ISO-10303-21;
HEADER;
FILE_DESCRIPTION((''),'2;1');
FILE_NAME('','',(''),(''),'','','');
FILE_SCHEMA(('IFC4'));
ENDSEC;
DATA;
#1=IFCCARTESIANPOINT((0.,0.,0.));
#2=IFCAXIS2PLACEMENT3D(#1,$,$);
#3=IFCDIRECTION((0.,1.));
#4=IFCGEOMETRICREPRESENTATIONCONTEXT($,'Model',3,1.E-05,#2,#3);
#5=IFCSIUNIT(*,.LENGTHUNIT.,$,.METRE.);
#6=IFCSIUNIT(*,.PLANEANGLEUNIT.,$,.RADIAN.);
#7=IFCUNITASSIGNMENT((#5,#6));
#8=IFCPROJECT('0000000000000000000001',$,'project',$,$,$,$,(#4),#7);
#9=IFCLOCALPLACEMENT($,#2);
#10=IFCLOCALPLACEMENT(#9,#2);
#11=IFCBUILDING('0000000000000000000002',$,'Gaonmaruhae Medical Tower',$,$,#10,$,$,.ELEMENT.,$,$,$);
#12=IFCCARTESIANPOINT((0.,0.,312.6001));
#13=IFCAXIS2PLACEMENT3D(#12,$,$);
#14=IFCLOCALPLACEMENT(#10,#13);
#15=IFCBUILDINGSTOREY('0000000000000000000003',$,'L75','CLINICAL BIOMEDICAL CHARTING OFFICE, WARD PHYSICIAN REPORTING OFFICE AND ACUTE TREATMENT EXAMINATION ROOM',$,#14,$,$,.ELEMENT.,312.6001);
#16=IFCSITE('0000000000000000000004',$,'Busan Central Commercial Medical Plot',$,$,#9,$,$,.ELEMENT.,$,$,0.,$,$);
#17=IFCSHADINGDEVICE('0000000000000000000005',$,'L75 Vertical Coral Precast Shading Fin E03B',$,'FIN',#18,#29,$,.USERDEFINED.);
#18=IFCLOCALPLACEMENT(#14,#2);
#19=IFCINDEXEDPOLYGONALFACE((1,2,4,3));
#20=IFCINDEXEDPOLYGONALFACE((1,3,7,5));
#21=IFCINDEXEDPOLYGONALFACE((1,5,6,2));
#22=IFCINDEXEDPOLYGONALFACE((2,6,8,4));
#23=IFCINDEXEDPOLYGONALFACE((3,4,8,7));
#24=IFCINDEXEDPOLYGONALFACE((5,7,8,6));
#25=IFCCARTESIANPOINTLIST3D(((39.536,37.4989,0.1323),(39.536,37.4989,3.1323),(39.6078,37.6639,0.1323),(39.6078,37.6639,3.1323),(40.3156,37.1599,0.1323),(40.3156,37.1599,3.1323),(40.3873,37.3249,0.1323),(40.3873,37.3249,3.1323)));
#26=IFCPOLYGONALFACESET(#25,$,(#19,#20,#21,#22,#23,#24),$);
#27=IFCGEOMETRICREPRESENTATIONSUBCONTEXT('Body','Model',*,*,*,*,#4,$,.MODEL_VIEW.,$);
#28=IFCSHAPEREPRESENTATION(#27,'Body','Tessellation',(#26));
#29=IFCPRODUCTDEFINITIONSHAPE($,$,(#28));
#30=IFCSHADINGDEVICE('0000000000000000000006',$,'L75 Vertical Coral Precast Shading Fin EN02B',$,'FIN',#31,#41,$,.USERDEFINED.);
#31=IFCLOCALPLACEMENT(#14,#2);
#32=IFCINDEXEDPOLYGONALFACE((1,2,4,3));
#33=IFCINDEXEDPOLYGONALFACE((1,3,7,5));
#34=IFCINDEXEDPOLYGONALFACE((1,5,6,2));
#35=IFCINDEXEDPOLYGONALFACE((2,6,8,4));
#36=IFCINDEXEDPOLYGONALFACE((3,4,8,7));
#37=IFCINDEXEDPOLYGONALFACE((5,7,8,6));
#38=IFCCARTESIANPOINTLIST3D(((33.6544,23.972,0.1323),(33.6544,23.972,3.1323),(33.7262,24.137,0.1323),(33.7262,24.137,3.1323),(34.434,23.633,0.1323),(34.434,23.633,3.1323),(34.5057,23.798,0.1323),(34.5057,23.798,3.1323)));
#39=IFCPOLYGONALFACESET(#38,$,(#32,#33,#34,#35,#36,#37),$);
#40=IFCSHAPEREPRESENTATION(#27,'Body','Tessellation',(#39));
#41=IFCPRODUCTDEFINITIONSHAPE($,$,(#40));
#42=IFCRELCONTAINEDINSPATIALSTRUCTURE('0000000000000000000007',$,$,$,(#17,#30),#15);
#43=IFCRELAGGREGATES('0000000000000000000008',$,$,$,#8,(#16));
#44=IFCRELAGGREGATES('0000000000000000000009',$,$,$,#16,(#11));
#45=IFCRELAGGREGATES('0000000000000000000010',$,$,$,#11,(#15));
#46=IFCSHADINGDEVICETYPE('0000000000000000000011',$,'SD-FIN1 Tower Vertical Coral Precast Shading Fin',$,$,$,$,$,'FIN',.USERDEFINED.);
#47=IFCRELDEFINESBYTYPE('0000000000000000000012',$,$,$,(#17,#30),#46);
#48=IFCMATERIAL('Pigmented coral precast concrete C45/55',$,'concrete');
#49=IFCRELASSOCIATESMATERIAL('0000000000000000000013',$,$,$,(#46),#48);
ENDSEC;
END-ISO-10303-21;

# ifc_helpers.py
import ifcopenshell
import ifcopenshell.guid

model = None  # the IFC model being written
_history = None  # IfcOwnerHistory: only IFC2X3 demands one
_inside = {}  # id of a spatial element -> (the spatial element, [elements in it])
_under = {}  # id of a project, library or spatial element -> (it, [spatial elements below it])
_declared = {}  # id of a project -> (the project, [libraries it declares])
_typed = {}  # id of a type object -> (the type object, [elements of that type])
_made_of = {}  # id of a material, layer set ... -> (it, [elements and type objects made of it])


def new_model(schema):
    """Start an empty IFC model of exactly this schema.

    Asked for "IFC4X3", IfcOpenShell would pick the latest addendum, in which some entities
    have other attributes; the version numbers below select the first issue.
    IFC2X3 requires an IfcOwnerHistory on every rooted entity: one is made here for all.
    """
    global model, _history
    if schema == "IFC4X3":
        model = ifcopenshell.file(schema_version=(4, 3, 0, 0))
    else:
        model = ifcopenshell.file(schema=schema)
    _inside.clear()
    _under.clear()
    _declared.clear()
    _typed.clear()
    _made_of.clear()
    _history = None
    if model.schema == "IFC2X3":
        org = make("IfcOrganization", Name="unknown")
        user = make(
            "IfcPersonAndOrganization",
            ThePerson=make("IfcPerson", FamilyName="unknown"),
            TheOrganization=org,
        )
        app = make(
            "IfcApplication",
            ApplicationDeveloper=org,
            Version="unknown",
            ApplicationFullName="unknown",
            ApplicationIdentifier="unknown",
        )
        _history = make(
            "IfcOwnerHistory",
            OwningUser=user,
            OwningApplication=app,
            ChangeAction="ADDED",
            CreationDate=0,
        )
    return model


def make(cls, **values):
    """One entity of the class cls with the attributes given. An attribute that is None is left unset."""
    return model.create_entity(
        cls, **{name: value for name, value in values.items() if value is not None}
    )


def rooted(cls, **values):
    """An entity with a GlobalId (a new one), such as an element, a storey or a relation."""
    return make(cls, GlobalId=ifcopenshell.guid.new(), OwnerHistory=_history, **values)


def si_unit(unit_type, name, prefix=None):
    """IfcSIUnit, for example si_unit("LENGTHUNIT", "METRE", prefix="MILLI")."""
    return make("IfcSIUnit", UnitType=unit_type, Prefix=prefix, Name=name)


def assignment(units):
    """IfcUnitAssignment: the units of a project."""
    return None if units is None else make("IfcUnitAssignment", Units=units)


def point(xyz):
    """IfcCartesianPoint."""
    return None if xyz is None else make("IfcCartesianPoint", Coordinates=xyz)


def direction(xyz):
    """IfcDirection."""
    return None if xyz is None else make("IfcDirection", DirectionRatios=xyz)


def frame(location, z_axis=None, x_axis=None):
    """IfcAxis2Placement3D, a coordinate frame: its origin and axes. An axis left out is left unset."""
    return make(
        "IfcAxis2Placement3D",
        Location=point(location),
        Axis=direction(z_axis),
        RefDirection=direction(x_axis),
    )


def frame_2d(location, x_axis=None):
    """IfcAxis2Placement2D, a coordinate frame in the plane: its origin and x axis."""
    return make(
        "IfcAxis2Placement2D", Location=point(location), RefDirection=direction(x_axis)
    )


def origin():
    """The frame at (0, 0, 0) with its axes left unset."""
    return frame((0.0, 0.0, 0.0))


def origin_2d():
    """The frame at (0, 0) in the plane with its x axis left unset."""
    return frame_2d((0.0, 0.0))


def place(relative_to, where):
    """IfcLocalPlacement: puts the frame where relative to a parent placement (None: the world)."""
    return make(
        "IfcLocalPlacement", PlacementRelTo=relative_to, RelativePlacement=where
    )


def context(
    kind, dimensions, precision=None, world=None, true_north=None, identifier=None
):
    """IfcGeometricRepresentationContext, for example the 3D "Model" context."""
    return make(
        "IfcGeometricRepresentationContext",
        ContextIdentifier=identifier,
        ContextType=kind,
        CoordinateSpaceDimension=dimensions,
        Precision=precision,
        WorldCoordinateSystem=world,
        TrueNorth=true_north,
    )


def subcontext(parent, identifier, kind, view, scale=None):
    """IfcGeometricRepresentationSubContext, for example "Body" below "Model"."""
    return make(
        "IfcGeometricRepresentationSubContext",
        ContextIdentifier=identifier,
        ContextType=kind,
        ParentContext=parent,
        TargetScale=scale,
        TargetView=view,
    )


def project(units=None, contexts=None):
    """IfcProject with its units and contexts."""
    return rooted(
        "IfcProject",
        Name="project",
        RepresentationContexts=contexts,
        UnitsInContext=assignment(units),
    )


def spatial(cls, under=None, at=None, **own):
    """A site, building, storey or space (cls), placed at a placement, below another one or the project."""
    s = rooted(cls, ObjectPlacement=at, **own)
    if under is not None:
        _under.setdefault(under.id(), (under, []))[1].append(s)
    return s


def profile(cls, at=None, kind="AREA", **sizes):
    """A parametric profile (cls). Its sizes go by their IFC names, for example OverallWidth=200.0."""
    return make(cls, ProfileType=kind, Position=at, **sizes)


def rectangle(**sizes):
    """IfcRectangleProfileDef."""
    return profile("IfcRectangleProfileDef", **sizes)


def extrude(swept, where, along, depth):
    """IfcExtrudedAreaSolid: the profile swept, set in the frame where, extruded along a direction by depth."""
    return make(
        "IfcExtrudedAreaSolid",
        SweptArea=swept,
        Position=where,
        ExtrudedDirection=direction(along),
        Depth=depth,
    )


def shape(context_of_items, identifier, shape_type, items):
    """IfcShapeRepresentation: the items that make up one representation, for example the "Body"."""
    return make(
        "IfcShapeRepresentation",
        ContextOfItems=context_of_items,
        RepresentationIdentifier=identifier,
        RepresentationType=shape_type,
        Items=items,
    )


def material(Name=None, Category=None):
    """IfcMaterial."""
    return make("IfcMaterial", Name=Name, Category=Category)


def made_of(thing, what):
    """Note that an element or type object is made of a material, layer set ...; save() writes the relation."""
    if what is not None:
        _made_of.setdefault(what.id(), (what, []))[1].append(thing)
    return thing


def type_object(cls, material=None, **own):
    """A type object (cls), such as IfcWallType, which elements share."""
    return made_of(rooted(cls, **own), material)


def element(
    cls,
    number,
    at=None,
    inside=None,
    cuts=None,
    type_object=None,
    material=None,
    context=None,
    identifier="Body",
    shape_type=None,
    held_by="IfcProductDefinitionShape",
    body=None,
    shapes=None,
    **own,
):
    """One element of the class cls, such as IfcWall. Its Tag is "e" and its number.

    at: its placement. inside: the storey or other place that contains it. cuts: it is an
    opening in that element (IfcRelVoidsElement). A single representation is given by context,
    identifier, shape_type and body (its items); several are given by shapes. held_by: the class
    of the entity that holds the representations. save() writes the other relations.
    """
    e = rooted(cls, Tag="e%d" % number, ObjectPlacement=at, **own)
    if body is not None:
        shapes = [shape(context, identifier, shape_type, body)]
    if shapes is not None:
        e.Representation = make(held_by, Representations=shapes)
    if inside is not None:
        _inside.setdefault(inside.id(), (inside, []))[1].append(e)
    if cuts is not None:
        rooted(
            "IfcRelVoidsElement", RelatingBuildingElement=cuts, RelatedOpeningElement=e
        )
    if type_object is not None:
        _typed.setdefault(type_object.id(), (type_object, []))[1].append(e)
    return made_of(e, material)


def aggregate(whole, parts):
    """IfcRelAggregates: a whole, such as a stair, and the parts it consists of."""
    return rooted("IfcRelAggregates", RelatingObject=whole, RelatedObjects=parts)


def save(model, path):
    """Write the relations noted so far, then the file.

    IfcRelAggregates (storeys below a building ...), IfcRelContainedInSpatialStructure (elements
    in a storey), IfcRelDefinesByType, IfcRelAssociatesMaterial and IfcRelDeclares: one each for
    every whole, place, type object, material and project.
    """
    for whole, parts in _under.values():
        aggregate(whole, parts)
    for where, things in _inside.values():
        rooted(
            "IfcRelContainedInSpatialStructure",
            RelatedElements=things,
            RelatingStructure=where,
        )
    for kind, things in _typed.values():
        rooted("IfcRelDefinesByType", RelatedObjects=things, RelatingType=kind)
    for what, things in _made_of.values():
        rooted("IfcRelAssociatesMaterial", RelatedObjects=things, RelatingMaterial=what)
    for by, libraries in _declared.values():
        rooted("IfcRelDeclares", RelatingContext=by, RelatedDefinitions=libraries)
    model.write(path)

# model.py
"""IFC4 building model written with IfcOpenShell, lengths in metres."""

from ifc_helpers import new_model, si_unit, direction, frame, origin, origin_2d, place, context, subcontext, project, spatial, rectangle, extrude, material, type_object, element, save


model = new_model("IFC4")

# Units and contexts
model_context = context("Model", 3, precision=1e-05, world=origin(), true_north=direction((0.0, 1.0)))
body_context = subcontext(model_context, "Body", "Model", "MODEL_VIEW")
ifc_project = project(units=[si_unit("LENGTHUNIT", "METRE"), si_unit("PLANEANGLEUNIT", "RADIAN")], contexts=[model_context])

# Site, building, storey
site_placement = place(None, origin())
site = spatial("IfcSite", under=ifc_project, at=site_placement, Name="Busan Central Commercial Medical Plot", CompositionType="ELEMENT", RefElevation=0.0)
building_placement = place(site_placement, origin())
building = spatial("IfcBuilding", under=site, at=building_placement, Name="Gaonmaruhae Medical Tower", CompositionType="ELEMENT")
storey_placement = place(building_placement, frame((0.0, 0.0, 312.6001)))
storey = spatial("IfcBuildingStorey", under=building, at=storey_placement, Name="L75", Description="CLINICAL BIOMEDICAL CHARTING OFFICE, WARD PHYSICIAN REPORTING OFFICE AND ACUTE TREATMENT EXAMINATION ROOM", CompositionType="ELEMENT", Elevation=312.6001)

# Shading devices
ifc_material_1 = material(Name="Pigmented coral precast concrete C45/55", Category="concrete")
shading_device_type = type_object("IfcShadingDeviceType", Name="SD-FIN1 Tower Vertical Coral Precast Shading Fin", ElementType="FIN", PredefinedType="USERDEFINED", material=ifc_material_1)
for number, where, z_axis, x_axis, name in (
    (1, (39.9617, 37.4119, 0.1323), (0.0, 0.0, 1.0), (0.398765, 0.917053, 0.0), "L75 Vertical Coral Precast Shading Fin E03B"),
    (2, (34.0801, 23.885, 0.1323), (0.0, 0.0, 1.0), (0.398749, 0.91706, 0.0), "L75 Vertical Coral Precast Shading Fin EN02B"),
):
    element("IfcShadingDevice", number, at=place(storey_placement, frame(where, z_axis=z_axis, x_axis=x_axis)), inside=storey, type_object=shading_device_type, Name=name, ObjectType="FIN", PredefinedType="USERDEFINED", context=body_context, shape_type="SweptSolid", body=[
        extrude(rectangle(XDim=0.1799, YDim=0.8501, at=origin_2d()), origin(), (0.0, 0.0, 1.0), 3.0),
    ])

save(model, "model.ifc")
